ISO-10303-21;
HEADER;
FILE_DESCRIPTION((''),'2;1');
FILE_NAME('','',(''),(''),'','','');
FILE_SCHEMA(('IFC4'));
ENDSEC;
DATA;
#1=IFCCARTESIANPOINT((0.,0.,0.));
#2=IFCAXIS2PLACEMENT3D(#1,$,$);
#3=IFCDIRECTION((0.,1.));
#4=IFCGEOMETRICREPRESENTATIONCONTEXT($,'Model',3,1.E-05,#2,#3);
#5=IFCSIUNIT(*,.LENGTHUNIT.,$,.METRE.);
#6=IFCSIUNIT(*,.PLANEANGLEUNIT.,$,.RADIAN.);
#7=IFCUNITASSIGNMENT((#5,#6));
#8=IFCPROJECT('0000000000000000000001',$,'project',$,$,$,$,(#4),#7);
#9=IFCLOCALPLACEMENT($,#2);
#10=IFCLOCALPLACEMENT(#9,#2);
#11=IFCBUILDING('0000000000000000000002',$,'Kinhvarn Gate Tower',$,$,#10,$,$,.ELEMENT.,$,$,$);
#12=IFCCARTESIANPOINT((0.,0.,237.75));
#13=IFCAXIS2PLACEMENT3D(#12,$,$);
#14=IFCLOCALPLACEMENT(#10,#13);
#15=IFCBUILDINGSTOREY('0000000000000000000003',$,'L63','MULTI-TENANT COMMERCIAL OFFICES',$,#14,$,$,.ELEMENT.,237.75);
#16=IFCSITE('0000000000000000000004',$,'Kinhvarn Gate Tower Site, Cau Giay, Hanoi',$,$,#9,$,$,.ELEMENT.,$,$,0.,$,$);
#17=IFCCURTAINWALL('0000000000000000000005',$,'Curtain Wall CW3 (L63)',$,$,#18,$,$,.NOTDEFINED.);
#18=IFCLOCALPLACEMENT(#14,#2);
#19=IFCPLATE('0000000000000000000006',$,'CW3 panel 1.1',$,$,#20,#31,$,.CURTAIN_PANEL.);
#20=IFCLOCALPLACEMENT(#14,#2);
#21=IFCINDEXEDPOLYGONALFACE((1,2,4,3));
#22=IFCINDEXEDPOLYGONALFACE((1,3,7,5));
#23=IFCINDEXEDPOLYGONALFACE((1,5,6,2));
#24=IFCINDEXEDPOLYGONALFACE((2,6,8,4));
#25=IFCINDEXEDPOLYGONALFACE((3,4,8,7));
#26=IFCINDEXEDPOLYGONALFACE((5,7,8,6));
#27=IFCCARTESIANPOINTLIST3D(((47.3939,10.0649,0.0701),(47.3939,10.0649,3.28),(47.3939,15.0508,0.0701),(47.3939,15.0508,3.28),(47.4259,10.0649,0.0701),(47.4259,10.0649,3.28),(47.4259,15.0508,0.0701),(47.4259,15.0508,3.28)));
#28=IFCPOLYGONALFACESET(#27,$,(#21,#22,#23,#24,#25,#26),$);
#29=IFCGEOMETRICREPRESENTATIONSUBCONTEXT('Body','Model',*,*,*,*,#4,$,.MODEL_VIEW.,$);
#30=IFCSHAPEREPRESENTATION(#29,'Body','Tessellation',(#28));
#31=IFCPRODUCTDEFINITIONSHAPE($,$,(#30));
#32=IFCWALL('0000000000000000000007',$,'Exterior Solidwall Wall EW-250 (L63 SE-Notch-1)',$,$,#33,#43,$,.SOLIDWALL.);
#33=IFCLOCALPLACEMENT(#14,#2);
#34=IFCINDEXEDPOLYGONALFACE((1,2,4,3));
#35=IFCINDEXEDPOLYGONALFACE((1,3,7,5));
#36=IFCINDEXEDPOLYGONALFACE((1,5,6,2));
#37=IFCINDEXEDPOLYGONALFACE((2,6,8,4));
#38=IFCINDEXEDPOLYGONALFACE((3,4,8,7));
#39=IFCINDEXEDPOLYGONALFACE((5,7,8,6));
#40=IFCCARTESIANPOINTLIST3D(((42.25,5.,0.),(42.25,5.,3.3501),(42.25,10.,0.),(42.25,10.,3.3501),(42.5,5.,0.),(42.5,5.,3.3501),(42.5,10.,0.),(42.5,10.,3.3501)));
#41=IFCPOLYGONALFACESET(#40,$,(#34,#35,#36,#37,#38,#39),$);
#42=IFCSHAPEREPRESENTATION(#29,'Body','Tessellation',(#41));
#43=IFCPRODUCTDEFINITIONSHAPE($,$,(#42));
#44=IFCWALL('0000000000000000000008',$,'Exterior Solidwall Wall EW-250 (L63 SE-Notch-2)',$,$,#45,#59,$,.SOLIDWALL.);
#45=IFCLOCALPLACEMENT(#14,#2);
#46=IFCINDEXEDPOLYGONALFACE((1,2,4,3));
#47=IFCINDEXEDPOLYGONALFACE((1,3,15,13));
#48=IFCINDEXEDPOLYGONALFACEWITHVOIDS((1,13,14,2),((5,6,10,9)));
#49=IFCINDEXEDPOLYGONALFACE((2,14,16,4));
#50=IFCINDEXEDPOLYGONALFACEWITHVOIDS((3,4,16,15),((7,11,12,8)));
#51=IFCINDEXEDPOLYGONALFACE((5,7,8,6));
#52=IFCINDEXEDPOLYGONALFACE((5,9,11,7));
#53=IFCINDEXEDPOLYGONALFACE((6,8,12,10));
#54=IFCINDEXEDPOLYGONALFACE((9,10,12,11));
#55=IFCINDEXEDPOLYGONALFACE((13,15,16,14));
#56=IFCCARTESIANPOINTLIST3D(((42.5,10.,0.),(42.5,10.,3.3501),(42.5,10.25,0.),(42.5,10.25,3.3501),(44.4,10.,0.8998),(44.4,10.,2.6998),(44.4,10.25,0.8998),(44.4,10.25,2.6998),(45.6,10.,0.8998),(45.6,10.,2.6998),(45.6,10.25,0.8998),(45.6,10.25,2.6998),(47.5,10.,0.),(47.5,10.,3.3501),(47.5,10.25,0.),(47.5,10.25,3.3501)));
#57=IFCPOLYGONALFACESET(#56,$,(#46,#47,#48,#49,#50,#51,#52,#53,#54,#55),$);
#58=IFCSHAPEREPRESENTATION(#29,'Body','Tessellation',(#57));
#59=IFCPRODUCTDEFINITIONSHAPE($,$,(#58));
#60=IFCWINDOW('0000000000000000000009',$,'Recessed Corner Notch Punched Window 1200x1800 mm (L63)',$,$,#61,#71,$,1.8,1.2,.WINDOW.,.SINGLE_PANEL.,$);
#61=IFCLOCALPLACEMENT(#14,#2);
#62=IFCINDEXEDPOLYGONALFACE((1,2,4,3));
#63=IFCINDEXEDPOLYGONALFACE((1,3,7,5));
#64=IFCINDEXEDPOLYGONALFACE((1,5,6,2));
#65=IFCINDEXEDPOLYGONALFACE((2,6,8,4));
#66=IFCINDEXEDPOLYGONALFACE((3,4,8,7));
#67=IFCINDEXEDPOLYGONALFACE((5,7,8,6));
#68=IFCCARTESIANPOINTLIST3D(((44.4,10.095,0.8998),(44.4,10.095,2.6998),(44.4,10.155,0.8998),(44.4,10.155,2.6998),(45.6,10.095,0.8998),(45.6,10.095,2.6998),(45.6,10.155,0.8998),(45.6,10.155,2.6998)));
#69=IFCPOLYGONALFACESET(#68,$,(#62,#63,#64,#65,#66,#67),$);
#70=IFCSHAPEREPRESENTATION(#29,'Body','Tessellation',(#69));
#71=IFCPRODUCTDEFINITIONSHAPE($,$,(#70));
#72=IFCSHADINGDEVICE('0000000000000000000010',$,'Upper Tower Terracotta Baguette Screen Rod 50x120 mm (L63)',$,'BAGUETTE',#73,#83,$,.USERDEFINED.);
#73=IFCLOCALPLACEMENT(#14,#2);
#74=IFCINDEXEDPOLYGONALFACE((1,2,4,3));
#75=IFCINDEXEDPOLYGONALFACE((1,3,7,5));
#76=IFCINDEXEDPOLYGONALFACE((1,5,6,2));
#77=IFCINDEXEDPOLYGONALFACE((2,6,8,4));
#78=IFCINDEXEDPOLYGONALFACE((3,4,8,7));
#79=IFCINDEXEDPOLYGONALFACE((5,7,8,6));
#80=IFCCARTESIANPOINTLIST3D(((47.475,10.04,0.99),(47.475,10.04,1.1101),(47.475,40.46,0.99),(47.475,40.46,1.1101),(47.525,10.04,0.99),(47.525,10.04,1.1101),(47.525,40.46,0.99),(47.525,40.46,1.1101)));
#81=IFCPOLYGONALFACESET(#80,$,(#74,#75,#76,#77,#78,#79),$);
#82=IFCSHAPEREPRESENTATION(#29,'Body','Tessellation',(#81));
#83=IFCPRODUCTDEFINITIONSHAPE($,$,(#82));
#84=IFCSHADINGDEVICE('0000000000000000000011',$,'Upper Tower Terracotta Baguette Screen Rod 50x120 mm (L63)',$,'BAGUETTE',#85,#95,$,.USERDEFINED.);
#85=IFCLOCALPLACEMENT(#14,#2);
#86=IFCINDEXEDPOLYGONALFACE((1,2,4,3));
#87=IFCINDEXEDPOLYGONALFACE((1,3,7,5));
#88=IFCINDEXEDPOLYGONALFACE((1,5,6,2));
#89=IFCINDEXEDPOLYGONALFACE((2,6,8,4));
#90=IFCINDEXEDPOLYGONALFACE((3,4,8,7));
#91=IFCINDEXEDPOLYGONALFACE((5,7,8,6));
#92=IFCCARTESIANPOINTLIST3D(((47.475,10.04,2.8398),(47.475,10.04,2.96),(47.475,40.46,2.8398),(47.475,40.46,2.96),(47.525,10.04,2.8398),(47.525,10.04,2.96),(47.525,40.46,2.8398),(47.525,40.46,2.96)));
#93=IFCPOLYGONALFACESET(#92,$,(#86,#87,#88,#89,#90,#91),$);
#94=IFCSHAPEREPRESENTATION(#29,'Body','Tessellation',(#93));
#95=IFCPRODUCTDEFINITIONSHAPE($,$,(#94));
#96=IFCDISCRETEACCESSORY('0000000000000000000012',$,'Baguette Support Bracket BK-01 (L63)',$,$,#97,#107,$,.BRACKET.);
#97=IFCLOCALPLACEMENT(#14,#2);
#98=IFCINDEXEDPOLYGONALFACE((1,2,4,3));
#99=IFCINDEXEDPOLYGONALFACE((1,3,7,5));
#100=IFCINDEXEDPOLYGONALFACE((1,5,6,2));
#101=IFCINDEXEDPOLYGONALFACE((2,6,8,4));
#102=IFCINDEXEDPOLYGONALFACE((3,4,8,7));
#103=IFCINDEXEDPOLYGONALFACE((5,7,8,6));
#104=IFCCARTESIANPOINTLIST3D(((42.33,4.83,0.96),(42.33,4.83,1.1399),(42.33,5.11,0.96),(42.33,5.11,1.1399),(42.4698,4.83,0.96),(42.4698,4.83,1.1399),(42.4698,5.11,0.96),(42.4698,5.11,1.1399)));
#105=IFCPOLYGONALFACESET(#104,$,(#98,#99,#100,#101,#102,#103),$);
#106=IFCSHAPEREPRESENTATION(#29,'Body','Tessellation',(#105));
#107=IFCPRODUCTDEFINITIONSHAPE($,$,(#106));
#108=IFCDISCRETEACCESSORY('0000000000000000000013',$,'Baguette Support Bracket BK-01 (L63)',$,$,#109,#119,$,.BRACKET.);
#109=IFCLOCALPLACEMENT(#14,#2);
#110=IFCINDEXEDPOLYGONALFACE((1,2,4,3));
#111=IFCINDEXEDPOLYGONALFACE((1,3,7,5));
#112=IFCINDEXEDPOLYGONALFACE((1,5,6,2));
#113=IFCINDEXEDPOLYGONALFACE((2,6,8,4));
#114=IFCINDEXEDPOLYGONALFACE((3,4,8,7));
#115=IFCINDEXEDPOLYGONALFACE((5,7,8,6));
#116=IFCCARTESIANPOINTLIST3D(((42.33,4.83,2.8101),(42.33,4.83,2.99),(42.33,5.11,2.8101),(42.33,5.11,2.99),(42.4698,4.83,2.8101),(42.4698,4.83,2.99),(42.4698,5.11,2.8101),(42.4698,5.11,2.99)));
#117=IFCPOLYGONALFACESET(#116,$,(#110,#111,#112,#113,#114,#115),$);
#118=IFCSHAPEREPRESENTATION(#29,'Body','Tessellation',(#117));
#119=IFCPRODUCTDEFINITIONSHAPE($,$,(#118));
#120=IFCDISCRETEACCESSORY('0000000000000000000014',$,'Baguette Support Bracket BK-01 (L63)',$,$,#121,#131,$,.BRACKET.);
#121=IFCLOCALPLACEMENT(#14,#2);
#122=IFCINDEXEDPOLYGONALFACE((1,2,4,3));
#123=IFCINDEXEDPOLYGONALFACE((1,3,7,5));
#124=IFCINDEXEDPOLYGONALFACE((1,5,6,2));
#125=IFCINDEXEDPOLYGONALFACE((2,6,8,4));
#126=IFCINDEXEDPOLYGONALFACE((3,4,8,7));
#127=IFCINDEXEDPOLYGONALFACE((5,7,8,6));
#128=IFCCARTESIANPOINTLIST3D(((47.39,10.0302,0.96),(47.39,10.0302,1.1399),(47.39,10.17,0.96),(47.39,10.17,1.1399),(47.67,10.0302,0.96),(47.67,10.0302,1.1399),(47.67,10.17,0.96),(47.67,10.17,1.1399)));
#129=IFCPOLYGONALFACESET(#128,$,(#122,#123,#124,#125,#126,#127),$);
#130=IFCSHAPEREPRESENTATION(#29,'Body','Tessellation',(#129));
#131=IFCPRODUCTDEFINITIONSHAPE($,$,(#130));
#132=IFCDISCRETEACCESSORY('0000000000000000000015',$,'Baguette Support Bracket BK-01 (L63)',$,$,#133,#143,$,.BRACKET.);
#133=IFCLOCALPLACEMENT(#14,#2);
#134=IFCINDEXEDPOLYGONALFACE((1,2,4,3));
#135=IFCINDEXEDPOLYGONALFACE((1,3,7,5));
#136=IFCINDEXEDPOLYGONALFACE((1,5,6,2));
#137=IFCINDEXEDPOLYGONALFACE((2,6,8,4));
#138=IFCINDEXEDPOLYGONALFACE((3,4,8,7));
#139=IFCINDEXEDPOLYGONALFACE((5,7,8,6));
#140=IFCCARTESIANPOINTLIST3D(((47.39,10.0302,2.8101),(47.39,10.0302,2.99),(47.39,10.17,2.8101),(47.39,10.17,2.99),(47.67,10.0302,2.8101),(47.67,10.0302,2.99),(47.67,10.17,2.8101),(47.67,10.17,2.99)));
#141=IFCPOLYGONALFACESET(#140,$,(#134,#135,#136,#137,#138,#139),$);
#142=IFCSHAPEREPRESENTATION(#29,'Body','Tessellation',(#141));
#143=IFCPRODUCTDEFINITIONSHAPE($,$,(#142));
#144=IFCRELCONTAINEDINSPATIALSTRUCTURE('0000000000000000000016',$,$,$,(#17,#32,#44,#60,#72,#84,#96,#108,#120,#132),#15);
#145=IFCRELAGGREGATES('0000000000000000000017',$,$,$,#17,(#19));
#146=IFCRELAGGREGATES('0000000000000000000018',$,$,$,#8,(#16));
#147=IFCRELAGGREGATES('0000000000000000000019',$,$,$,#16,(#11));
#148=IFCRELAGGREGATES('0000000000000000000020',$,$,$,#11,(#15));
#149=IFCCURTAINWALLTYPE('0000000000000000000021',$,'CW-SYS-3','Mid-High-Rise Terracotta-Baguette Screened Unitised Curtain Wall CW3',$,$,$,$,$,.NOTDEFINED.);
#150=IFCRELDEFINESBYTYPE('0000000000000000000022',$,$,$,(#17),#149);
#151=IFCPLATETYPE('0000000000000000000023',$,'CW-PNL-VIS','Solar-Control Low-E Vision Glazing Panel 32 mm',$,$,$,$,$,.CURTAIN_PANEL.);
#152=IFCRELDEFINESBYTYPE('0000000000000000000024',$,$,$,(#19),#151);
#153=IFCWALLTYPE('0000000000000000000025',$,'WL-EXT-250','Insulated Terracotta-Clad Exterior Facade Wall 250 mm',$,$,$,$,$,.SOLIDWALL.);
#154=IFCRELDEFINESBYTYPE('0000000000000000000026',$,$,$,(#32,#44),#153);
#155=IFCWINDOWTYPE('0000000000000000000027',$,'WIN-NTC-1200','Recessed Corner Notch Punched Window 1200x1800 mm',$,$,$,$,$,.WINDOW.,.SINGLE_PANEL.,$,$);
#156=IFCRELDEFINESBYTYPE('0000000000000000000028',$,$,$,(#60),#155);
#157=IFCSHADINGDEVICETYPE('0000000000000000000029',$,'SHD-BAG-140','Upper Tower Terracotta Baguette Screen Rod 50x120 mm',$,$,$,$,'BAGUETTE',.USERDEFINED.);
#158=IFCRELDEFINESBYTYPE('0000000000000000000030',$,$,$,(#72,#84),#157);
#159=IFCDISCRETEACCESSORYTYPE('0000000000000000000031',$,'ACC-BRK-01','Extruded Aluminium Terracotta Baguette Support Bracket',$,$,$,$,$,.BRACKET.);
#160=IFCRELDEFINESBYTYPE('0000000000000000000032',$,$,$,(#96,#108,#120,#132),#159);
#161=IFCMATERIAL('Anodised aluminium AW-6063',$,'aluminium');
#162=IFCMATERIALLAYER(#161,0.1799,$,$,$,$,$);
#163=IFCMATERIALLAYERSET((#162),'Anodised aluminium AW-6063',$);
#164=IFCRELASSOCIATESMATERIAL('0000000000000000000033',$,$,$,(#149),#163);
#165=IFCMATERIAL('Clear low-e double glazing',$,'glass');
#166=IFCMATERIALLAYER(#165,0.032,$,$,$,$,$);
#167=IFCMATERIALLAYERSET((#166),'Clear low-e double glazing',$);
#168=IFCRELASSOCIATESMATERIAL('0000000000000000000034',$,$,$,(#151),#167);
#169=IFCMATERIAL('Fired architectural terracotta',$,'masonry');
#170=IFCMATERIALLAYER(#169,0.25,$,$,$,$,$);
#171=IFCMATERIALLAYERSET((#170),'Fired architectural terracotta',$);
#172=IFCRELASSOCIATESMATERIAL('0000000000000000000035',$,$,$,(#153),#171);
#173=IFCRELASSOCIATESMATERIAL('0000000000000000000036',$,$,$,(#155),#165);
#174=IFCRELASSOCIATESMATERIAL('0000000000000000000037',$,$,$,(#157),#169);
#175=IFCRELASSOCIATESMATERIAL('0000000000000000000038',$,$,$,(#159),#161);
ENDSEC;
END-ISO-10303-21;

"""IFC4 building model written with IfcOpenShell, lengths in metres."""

from ifc_helpers import new_model, si_unit, direction, frame, frame_2d, origin, origin_2d, place, context, subcontext, project, spatial, rectangle, extrude, material, layer, layer_set, material_profile, profile_set, type_object, element, fill, aggregate, save


model = new_model("IFC4")

# Units and contexts
model_context = context("Model", 3, precision=1e-05, world=origin(), true_north=direction((0.0, 1.0)))
body_context = subcontext(model_context, "Body", "Model", "MODEL_VIEW")
ifc_project = project(units=[si_unit("LENGTHUNIT", "METRE"), si_unit("PLANEANGLEUNIT", "RADIAN")], contexts=[model_context])

# Site, building, storey
site_placement = place(None, origin())
site = spatial("IfcSite", under=ifc_project, at=site_placement, Name="Kinhvarn Gate Tower Site, Cau Giay, Hanoi", CompositionType="ELEMENT", RefElevation=0.0)
building_placement = place(site_placement, origin())
building = spatial("IfcBuilding", under=site, at=building_placement, Name="Kinhvarn Gate Tower", CompositionType="ELEMENT")
storey_placement = place(building_placement, frame((0.0, 0.0, 237.75)))
storey = spatial("IfcBuildingStorey", under=building, at=storey_placement, Name="L63", Description="MULTI-TENANT COMMERCIAL OFFICES", CompositionType="ELEMENT", Elevation=237.75)

# Shared definitions
ifc_material_1 = material(Name="Anodised aluminium AW-6063", Category="aluminium")
ifc_layer_1 = layer(ifc_material_1, 0.1799)
ifc_layer_set_1 = layer_set([ifc_layer_1], Name="Anodised aluminium AW-6063")
curtain_wall_type = type_object("IfcCurtainWallType", Name="CW-SYS-3", Description="Mid-High-Rise Terracotta-Baguette Screened Unitised Curtain Wall CW3", PredefinedType="NOTDEFINED", material=ifc_layer_set_1)

# Curtain wall
curtain_wall_1_placement = place(storey_placement, origin())
curtain_wall_1 = element("IfcCurtainWall", 1, at=curtain_wall_1_placement, inside=storey, type_object=curtain_wall_type, Name="Curtain Wall CW3 (L63)", PredefinedType="NOTDEFINED")

# Plate
ifc_material_2 = material(Name="Clear low-e double glazing", Category="glass")
ifc_layer_2 = layer(ifc_material_2, 0.032)
ifc_layer_set_2 = layer_set([ifc_layer_2], Name="Clear low-e double glazing")
plate_type = type_object("IfcPlateType", Name="CW-PNL-VIS", Description="Solar-Control Low-E Vision Glazing Panel 32 mm", PredefinedType="CURTAIN_PANEL", material=ifc_layer_set_2)
plate_1_placement = place(storey_placement, frame((47.4099, 12.5579, 0.0701), z_axis=(0.0, 0.0, 1.0), x_axis=(0.0, 1.0, 0.0)))
plate_1 = element("IfcPlate", 2, at=plate_1_placement, type_object=plate_type, Name="CW3 panel 1.1", PredefinedType="CURTAIN_PANEL", context=body_context, shape_type="SweptSolid", body=[
    extrude(rectangle(XDim=4.9858, YDim=0.032, at=origin_2d()), origin(), (0.0, 0.0, 1.0), 3.21),
])
aggregate(curtain_wall_1, [plate_1])

# Wall
ifc_material_3 = material(Name="Fired architectural terracotta", Category="masonry")
ifc_layer_3 = layer(ifc_material_3, 0.25)
ifc_layer_set_3 = layer_set([ifc_layer_3], Name="Fired architectural terracotta")
wall_type = type_object("IfcWallType", Name="WL-EXT-250", Description="Insulated Terracotta-Clad Exterior Facade Wall 250 mm", PredefinedType="SOLIDWALL", material=ifc_layer_set_3)
wall_1_placement = place(storey_placement, frame((42.375, 5.0, 0.0), z_axis=(0.0, 0.0, 1.0), x_axis=(0.0, 1.0, 0.0)))
element("IfcWall", 3, at=wall_1_placement, inside=storey, type_object=wall_type, Name="Exterior Solidwall Wall EW-250 (L63 SE-Notch-1)", PredefinedType="SOLIDWALL", context=body_context, shape_type="SweptSolid", body=[
    extrude(rectangle(XDim=5.0, YDim=0.25, at=frame_2d((2.5, 0.0))), origin(), (0.0, 0.0, 1.0), 3.3501),
])

# Wall, opening, window
wall_2_placement = place(storey_placement, frame((42.5, 10.125, 0.0), z_axis=(0.0, 0.0, 1.0), x_axis=(1.0, 0.0, 0.0)))
wall_2 = element("IfcWall", 4, at=wall_2_placement, inside=storey, type_object=wall_type, Name="Exterior Solidwall Wall EW-250 (L63 SE-Notch-2)", PredefinedType="SOLIDWALL", context=body_context, shape_type="SweptSolid", body=[
    extrude(rectangle(XDim=5.0, YDim=0.25, at=frame_2d((2.5, 0.0))), origin(), (0.0, 0.0, 1.0), 3.3501),
])
opening_placement = place(wall_2_placement, frame((1.8999, 0.0, 0.8999)))
opening = element("IfcOpeningElement", 5, at=opening_placement, cuts=wall_2, PredefinedType="OPENING", context=body_context, shape_type="SweptSolid", body=[
    extrude(rectangle(XDim=1.2, YDim=1.8, at=frame_2d((0.6001, 0.8999))), frame((0.0, 0.135, 0.0), z_axis=(0.0, -1.0, 0.0), x_axis=(1.0, 0.0, 0.0)), (0.0, 0.0, 1.0), 0.27),
])
window_type = type_object("IfcWindowType", Name="WIN-NTC-1200", Description="Recessed Corner Notch Punched Window 1200x1800 mm", PartitioningType="SINGLE_PANEL", PredefinedType="WINDOW", material=ifc_material_2)
window_placement = place(opening_placement, origin())
window = element("IfcWindow", 6, at=window_placement, inside=storey, type_object=window_type, Name="Recessed Corner Notch Punched Window 1200x1800 mm (L63)", OverallHeight=1.8, OverallWidth=1.2, PartitioningType="SINGLE_PANEL", PredefinedType="WINDOW", context=body_context, shape_type="SweptSolid", body=[
    extrude(rectangle(XDim=1.2, YDim=1.8, at=frame_2d((0.6001, 0.8999))), frame((0.0, 0.03, 0.0), z_axis=(0.0, -1.0, 0.0), x_axis=(1.0, 0.0, 0.0)), (0.0, 0.0, 1.0), 0.0601),
])
fill(opening, window)

# Shading devices
ifc_material_profile_1 = material_profile(ifc_material_3, rectangle(XDim=0.05, YDim=0.1201, at=origin_2d()), Name="TC 50x120")
ifc_profile_set_1 = profile_set([ifc_material_profile_1], Name="Fired architectural terracotta")
shading_device_type = type_object("IfcShadingDeviceType", Name="SHD-BAG-140", Description="Upper Tower Terracotta Baguette Screen Rod 50x120 mm", ElementType="BAGUETTE", PredefinedType="USERDEFINED", material=ifc_profile_set_1)
for number, where, z_axis, x_axis, name in (
    (7, (47.5, 10.04, 1.05), (0.0, 1.0, 0.0), (-1.0, 0.0, 0.0), "Upper Tower Terracotta Baguette Screen Rod 50x120 mm (L63)"),
    (8, (47.5, 10.04, 2.8999), (0.0, 1.0, 0.0), (-1.0, 0.0, 0.0), "Upper Tower Terracotta Baguette Screen Rod 50x120 mm (L63)"),
):
    element("IfcShadingDevice", number, at=place(storey_placement, frame(where, z_axis=z_axis, x_axis=x_axis)), inside=storey, type_object=shading_device_type, Name=name, ObjectType="BAGUETTE", PredefinedType="USERDEFINED", context=body_context, shape_type="SweptSolid", body=[
        extrude(rectangle(XDim=0.05, YDim=0.1201, at=origin_2d()), origin(), (0.0, 0.0, 1.0), 30.4199),
    ])

# Discrete accessories
discrete_accessory_type = type_object("IfcDiscreteAccessoryType", Name="ACC-BRK-01", Description="Extruded Aluminium Terracotta Baguette Support Bracket", PredefinedType="BRACKET", material=ifc_material_1)
for number, where, z_axis, x_axis, name in (
    (9, (42.3999, 4.97, 0.96), (0.0, 0.0, 1.0), (1.0, 0.0, 0.0), "Baguette Support Bracket BK-01 (L63)"),
    (10, (42.3999, 4.97, 2.8101), (0.0, 0.0, 1.0), (1.0, 0.0, 0.0), "Baguette Support Bracket BK-01 (L63)"),
    (11, (47.53, 10.1001, 0.96), (0.0, 0.0, 1.0), (0.0, 1.0, 0.0), "Baguette Support Bracket BK-01 (L63)"),
    (12, (47.53, 10.1001, 2.8101), (0.0, 0.0, 1.0), (0.0, 1.0, 0.0), "Baguette Support Bracket BK-01 (L63)"),
):
    element("IfcDiscreteAccessory", number, at=place(storey_placement, frame(where, z_axis=z_axis, x_axis=x_axis)), inside=storey, type_object=discrete_accessory_type, Name=name, PredefinedType="BRACKET", context=body_context, shape_type="SweptSolid", body=[
        extrude(rectangle(XDim=0.1399, YDim=0.28, at=origin_2d()), origin(), (0.0, 0.0, 1.0), 0.1799),
    ])

save(model, "model.ifc")
